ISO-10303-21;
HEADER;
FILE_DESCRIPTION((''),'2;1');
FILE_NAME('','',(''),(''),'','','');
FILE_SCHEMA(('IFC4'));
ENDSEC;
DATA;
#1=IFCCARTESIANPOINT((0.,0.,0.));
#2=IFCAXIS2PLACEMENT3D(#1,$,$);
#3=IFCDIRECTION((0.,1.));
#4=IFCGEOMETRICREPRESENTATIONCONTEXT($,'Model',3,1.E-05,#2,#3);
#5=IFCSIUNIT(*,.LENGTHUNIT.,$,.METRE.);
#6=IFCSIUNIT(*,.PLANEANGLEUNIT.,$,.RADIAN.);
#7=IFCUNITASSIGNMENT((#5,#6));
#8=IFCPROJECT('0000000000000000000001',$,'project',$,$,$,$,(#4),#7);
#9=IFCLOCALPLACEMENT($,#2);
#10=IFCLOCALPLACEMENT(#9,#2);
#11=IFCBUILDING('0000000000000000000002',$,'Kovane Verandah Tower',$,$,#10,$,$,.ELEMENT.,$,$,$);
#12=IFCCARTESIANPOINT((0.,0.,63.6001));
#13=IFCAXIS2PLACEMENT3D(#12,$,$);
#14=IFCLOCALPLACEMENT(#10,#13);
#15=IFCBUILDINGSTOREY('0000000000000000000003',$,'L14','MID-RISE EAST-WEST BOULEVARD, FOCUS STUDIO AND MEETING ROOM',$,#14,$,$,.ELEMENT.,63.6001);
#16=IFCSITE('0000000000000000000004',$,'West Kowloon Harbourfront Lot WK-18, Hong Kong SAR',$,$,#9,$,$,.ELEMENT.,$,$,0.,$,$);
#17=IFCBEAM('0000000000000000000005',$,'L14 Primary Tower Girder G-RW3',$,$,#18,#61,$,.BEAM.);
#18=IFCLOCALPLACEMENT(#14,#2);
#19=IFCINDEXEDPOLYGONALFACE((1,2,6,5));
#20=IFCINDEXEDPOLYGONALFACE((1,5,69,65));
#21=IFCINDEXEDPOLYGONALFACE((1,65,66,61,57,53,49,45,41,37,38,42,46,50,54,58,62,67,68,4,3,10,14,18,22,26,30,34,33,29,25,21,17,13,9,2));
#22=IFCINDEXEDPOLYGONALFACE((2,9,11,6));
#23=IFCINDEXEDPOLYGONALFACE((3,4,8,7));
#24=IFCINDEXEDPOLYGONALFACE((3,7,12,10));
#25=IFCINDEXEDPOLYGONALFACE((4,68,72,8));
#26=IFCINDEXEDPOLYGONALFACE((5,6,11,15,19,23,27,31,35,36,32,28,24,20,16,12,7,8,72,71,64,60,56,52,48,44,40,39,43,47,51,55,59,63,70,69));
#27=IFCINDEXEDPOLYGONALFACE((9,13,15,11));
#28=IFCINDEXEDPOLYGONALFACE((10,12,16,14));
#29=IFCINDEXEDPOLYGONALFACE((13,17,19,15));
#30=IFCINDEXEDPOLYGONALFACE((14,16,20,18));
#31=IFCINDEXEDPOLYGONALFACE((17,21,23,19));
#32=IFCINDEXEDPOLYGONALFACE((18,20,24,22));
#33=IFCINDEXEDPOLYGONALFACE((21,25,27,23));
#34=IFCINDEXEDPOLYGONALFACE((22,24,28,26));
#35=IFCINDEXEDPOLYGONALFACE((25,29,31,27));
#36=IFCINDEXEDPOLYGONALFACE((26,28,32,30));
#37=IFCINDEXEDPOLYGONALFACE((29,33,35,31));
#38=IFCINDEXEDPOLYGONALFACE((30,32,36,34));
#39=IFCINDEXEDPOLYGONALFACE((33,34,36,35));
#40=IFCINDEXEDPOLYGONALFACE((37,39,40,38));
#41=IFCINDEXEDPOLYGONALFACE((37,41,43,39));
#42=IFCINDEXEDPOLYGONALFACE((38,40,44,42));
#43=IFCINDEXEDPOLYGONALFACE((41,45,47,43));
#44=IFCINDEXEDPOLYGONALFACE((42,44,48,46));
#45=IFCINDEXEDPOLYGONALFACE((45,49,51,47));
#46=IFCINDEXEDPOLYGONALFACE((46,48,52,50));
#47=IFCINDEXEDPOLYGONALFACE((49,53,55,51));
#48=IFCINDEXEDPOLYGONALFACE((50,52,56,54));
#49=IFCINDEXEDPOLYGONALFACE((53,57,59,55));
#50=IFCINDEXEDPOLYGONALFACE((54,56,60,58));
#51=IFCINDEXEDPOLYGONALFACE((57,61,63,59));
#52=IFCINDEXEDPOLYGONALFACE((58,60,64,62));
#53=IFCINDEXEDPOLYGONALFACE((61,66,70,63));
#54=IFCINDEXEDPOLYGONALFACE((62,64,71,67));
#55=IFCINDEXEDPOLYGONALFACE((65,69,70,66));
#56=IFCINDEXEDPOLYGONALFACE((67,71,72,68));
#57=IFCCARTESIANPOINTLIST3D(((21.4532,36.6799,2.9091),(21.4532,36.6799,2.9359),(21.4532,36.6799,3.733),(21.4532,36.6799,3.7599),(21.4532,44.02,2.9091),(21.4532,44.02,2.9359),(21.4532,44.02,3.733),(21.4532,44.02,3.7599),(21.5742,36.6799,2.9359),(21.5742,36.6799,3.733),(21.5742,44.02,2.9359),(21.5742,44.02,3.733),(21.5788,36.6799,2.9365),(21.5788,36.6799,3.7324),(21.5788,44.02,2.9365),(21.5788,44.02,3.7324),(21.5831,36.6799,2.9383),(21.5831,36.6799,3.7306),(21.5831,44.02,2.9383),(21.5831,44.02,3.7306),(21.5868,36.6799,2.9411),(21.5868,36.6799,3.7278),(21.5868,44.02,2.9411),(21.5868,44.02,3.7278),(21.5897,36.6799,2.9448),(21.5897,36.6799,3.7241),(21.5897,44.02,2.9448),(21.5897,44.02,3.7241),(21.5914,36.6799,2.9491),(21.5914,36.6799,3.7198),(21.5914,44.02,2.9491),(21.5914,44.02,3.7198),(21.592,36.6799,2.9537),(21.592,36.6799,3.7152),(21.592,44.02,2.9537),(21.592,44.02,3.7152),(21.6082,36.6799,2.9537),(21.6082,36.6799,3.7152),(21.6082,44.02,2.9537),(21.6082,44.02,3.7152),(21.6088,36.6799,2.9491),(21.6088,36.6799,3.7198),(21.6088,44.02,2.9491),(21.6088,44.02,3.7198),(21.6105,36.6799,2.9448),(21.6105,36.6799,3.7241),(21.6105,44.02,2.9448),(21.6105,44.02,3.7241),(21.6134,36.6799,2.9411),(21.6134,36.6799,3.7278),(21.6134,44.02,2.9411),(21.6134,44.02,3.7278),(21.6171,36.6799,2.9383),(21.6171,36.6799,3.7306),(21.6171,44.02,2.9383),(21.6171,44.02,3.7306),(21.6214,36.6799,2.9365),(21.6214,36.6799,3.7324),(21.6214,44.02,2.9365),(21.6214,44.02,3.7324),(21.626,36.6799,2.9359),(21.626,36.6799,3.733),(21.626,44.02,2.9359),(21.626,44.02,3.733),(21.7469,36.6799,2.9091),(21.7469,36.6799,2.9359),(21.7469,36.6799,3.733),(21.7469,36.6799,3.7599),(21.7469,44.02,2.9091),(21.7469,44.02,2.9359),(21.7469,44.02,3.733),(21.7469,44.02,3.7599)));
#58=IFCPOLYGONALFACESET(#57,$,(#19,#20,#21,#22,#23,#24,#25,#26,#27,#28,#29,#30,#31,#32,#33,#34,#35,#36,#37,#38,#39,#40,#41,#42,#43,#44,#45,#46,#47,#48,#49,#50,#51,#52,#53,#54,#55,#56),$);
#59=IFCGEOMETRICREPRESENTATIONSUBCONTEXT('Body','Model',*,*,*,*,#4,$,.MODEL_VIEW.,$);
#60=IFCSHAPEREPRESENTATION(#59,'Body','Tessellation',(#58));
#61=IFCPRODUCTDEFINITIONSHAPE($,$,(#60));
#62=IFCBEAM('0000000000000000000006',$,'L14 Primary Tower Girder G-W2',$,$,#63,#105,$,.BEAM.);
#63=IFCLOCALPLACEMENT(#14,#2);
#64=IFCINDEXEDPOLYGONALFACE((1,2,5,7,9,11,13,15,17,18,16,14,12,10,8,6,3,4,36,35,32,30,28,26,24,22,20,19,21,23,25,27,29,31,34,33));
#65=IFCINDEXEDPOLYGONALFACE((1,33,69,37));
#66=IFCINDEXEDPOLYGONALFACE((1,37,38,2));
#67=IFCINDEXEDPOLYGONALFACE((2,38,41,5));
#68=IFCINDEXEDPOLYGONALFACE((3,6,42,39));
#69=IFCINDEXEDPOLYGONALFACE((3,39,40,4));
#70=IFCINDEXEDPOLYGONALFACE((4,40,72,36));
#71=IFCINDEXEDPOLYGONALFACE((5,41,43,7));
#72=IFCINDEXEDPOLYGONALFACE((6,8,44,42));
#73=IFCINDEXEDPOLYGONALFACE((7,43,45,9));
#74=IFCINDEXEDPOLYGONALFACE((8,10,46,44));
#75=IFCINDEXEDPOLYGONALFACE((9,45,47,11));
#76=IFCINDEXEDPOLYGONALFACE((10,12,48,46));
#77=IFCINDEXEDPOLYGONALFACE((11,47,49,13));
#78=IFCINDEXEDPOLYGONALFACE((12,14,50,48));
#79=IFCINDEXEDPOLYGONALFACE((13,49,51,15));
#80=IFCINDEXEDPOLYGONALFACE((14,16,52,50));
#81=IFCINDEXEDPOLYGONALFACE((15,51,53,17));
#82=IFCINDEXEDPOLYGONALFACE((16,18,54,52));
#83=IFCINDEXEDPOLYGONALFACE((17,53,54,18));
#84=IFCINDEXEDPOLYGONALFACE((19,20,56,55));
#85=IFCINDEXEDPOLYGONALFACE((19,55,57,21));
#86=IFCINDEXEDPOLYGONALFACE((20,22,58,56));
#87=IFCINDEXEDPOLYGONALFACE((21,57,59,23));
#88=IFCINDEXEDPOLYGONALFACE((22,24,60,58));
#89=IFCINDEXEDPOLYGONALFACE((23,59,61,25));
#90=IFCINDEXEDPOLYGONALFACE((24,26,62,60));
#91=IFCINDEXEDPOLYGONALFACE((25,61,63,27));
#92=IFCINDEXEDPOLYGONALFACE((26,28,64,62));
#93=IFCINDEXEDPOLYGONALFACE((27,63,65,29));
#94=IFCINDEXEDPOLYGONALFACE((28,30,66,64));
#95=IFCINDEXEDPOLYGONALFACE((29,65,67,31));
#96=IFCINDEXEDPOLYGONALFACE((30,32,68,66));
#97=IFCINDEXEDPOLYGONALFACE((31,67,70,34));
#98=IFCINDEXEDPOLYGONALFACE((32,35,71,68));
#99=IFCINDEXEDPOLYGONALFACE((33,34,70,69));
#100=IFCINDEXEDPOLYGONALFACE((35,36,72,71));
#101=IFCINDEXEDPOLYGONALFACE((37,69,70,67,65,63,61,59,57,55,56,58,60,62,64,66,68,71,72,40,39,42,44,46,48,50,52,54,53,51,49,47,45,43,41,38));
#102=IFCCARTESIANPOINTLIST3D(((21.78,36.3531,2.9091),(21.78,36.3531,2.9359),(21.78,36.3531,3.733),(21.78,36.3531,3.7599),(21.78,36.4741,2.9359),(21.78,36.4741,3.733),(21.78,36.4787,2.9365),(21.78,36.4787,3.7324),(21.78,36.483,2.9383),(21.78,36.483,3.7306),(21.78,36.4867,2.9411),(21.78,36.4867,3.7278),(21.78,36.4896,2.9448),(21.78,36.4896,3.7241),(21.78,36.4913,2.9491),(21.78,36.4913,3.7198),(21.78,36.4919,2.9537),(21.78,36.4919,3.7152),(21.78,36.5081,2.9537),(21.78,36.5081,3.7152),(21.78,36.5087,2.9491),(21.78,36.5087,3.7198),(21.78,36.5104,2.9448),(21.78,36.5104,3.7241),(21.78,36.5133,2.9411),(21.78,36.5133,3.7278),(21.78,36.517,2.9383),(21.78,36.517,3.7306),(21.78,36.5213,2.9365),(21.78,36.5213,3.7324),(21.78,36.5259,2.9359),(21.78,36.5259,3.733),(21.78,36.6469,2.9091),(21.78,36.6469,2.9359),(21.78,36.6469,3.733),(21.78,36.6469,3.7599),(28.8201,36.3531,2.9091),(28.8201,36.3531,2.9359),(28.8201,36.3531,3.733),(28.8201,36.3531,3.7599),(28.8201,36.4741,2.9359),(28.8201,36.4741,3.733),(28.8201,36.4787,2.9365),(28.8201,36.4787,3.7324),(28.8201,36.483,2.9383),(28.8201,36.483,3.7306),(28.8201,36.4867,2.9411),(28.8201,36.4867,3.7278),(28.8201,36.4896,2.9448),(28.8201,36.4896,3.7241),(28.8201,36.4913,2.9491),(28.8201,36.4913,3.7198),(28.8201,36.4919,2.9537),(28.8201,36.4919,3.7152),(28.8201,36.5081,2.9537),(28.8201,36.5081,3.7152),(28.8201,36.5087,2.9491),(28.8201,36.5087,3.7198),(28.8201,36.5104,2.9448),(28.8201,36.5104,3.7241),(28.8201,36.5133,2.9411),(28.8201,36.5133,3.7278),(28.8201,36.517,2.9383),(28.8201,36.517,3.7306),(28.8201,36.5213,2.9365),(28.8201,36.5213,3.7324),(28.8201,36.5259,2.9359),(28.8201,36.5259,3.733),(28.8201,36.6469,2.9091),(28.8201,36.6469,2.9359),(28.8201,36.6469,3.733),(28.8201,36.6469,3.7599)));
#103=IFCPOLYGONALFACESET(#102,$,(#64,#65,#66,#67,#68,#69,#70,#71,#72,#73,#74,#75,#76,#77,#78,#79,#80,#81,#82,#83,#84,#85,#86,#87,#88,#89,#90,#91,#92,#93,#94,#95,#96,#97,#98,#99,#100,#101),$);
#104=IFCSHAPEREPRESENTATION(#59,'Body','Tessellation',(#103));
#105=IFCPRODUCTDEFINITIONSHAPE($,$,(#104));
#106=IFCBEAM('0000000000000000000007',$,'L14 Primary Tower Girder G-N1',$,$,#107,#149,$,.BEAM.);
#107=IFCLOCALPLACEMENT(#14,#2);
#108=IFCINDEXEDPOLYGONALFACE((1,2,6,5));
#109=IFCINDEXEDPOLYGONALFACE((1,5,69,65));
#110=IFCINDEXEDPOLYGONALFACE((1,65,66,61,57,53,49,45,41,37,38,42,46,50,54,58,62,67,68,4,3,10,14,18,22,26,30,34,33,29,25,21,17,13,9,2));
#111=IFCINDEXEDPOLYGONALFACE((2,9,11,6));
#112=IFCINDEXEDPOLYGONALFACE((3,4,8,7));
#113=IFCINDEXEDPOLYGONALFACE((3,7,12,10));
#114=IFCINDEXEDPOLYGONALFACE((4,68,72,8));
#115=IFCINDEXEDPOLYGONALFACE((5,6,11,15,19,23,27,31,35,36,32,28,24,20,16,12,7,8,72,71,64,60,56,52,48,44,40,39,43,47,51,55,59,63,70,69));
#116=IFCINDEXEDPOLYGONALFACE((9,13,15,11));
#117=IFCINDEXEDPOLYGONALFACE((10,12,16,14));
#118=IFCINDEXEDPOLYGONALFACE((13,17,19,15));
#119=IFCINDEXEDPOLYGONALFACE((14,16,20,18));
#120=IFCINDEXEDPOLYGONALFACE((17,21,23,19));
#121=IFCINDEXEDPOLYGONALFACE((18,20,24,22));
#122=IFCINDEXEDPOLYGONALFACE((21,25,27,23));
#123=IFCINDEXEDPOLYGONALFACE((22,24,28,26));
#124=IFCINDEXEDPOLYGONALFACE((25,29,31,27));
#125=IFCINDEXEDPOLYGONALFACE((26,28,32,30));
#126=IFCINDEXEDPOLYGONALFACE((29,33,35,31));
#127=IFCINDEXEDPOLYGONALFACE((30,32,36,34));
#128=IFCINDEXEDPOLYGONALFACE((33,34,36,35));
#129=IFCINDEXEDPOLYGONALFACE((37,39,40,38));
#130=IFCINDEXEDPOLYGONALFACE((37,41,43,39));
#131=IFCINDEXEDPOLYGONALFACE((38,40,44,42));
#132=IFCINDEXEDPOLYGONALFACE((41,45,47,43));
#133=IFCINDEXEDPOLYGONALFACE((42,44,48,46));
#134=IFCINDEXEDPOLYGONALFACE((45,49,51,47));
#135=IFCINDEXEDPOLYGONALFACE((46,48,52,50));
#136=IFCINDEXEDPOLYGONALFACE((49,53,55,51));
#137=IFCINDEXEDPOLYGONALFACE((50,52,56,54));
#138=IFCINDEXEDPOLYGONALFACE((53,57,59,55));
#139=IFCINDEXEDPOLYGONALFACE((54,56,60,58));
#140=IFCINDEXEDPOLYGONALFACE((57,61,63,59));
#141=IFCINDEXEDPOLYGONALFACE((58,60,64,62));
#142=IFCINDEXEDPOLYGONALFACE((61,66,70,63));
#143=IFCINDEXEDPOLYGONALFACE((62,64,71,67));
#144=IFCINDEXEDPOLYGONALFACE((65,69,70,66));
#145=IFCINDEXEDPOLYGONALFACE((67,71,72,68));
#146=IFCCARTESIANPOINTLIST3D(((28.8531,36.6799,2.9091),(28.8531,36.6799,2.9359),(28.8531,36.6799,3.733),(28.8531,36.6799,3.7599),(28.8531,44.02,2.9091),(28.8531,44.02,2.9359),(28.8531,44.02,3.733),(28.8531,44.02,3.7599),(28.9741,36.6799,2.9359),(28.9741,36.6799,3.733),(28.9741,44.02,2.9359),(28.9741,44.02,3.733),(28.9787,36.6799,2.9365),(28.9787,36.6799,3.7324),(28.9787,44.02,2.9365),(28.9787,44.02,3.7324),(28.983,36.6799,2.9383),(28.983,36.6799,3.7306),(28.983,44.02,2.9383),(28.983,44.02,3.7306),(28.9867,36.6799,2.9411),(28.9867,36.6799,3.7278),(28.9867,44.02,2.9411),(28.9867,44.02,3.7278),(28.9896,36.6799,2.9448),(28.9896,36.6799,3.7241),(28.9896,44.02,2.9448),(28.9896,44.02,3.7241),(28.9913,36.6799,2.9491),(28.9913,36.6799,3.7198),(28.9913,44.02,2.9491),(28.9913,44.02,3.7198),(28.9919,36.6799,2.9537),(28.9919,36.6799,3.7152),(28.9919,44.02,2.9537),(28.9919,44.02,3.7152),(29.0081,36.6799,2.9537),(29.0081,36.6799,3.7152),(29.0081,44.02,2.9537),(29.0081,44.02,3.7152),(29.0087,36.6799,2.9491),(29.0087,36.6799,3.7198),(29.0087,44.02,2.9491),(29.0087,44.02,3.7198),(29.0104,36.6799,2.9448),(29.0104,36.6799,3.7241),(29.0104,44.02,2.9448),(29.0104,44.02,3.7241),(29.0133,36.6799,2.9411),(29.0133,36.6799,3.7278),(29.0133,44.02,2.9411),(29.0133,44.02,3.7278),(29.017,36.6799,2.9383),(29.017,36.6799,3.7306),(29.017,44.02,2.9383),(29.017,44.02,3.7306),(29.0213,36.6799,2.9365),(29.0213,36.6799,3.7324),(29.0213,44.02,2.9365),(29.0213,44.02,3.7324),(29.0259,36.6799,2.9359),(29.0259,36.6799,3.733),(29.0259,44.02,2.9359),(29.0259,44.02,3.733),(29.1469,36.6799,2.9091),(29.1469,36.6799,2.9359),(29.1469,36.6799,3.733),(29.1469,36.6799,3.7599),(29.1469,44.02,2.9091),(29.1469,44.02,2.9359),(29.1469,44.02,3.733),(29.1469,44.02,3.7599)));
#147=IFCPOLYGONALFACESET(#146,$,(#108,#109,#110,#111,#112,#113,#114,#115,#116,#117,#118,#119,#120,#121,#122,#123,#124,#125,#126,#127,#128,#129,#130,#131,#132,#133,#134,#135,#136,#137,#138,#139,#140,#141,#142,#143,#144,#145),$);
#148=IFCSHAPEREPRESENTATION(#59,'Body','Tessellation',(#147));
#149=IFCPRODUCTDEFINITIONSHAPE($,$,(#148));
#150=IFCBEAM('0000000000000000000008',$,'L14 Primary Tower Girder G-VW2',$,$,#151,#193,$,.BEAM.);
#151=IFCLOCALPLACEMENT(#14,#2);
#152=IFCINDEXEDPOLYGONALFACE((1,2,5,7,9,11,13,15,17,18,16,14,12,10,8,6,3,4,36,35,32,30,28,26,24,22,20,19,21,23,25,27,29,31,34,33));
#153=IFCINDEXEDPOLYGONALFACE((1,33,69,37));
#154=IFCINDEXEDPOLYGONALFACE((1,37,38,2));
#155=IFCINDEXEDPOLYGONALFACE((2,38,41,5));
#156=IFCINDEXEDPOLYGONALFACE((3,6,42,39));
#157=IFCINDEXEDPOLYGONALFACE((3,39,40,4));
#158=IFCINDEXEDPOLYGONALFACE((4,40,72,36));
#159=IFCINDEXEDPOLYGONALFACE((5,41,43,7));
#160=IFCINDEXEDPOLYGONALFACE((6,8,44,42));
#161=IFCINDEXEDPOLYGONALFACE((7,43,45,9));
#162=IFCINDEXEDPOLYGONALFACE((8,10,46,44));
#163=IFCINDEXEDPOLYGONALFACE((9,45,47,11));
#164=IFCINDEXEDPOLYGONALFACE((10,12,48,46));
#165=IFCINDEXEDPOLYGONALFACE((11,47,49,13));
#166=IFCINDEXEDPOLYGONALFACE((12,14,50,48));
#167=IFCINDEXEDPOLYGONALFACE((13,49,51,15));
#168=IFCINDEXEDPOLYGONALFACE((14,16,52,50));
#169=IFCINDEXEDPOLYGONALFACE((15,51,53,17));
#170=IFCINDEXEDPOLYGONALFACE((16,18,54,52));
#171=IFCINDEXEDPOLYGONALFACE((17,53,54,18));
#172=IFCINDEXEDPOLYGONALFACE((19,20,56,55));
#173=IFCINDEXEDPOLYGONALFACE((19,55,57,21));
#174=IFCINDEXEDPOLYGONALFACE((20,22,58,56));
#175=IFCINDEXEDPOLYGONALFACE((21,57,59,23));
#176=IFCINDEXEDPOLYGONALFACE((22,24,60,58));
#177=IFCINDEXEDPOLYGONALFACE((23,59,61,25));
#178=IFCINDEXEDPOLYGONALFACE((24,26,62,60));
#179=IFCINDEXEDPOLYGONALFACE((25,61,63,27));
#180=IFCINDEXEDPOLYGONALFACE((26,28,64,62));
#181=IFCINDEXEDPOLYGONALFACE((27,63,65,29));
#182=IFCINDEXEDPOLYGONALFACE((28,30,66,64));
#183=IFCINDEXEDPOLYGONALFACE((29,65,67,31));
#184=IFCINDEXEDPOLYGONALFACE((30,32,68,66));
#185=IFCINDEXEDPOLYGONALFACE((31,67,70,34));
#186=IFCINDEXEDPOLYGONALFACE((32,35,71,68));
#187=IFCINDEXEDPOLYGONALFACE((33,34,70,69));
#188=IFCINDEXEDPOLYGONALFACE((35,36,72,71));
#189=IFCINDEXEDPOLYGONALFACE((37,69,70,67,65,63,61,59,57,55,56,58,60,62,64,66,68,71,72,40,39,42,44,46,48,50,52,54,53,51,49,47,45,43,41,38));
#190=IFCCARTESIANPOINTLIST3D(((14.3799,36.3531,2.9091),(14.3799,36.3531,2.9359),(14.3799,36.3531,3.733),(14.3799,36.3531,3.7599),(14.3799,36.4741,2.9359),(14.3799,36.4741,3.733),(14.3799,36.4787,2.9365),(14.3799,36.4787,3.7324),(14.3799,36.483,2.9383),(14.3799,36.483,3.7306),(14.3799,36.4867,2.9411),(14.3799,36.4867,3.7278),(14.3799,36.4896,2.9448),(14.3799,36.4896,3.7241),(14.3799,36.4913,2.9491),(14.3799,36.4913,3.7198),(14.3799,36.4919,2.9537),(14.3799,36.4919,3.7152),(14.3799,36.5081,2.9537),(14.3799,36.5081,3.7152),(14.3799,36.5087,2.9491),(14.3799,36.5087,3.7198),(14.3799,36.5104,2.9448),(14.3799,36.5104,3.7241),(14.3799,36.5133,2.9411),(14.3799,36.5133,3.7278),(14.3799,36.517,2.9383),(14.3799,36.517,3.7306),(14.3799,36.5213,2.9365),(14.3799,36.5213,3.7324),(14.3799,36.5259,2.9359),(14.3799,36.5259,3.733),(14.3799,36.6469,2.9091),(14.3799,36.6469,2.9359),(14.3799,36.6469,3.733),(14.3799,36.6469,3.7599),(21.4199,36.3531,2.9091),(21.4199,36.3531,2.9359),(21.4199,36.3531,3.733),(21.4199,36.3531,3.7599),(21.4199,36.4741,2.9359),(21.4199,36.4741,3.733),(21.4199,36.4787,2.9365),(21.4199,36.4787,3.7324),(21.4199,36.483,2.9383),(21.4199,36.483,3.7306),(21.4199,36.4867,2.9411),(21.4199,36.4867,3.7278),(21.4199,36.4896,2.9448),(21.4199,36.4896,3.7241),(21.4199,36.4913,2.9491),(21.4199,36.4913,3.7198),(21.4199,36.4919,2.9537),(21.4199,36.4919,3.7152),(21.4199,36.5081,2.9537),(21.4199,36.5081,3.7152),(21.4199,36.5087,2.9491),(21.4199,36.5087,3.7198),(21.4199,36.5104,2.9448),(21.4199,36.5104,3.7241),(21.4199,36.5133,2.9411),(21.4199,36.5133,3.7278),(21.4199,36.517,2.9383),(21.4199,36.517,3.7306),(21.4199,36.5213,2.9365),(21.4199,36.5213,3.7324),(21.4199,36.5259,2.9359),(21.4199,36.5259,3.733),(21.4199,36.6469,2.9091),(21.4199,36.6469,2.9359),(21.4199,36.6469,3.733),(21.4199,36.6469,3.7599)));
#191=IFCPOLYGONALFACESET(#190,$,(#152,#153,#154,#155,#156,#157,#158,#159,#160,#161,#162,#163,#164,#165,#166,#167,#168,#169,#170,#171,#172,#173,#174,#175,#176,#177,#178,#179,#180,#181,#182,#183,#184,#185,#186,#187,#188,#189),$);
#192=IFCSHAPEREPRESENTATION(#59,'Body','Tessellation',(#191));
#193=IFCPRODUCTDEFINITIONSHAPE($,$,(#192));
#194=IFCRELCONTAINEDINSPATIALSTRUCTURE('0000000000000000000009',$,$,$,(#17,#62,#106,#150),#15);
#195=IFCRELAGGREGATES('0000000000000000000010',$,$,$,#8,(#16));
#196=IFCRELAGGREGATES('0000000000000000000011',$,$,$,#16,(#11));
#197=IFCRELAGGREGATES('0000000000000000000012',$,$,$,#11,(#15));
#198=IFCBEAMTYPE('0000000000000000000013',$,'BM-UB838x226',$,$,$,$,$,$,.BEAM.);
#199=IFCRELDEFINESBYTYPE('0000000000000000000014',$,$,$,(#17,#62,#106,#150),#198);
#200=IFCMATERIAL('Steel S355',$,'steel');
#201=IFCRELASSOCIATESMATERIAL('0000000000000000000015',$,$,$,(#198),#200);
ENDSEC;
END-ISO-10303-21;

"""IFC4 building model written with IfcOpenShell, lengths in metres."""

from ifc_helpers import new_model, si_unit, direction, frame, origin, origin_2d, place, context, subcontext, project, spatial, i_section, extrude, material, material_profile, profile_set, type_object, element, save


model = new_model("IFC4")

# Units and contexts
model_context = context("Model", 3, precision=1e-05, world=origin(), true_north=direction((0.0, 1.0)))
body_context = subcontext(model_context, "Body", "Model", "MODEL_VIEW")
ifc_project = project(units=[si_unit("LENGTHUNIT", "METRE"), si_unit("PLANEANGLEUNIT", "RADIAN")], contexts=[model_context])

# Site, building, storey
site_placement = place(None, origin())
site = spatial("IfcSite", under=ifc_project, at=site_placement, Name="West Kowloon Harbourfront Lot WK-18, Hong Kong SAR", CompositionType="ELEMENT", RefElevation=0.0)
building_placement = place(site_placement, origin())
building = spatial("IfcBuilding", under=site, at=building_placement, Name="Kovane Verandah Tower", CompositionType="ELEMENT")
storey_placement = place(building_placement, frame((0.0, 0.0, 63.6001)))
storey = spatial("IfcBuildingStorey", under=building, at=storey_placement, Name="L14", Description="MID-RISE EAST-WEST BOULEVARD, FOCUS STUDIO AND MEETING ROOM", CompositionType="ELEMENT", Elevation=63.6001)

# Beams
ifc_material_1 = material(Name="Steel S355", Category="steel")
ifc_material_profile_1 = material_profile(ifc_material_1, i_section(OverallWidth=0.2937, OverallDepth=0.8508, WebThickness=0.0161, FlangeThickness=0.0269, FilletRadius=0.0178, at=origin_2d()), Name="UB838x292x226")
ifc_profile_set_1 = profile_set([ifc_material_profile_1], Name="Steel S355")
beam_type_1 = type_object("IfcBeamType", Name="BM-UB838x226", PredefinedType="BEAM", material=ifc_profile_set_1)
beam_1_placement = place(storey_placement, frame((21.6001, 36.6799, 3.3345), z_axis=(0.0, 1.0, 0.0), x_axis=(-1.0, 0.0, 0.0)))
element("IfcBeam", 1, at=beam_1_placement, inside=storey, type_object=beam_type_1, Name="L14 Primary Tower Girder G-RW3", PredefinedType="BEAM", context=body_context, shape_type="SweptSolid", body=[
    extrude(i_section(OverallWidth=0.2937, OverallDepth=0.8508, WebThickness=0.0161, FlangeThickness=0.0269, FilletRadius=0.0178, at=origin_2d()), origin(), (0.0, 0.0, 1.0), 7.3401),
])
beam_2_placement = place(storey_placement, frame((28.8201, 36.5, 3.3345), z_axis=(-1.0, 0.0, 0.0), x_axis=(0.0, -1.0, 0.0)))
element("IfcBeam", 2, at=beam_2_placement, inside=storey, type_object=beam_type_1, Name="L14 Primary Tower Girder G-W2", PredefinedType="BEAM", context=body_context, shape_type="SweptSolid", body=[
    extrude(i_section(OverallWidth=0.2937, OverallDepth=0.8508, WebThickness=0.0161, FlangeThickness=0.0269, FilletRadius=0.0178, at=origin_2d()), origin(), (0.0, 0.0, 1.0), 7.04),
])
beam_3_placement = place(storey_placement, frame((29.0, 36.6799, 3.3345), z_axis=(0.0, 1.0, 0.0), x_axis=(-1.0, 0.0, 0.0)))
element("IfcBeam", 3, at=beam_3_placement, inside=storey, type_object=beam_type_1, Name="L14 Primary Tower Girder G-N1", PredefinedType="BEAM", context=body_context, shape_type="SweptSolid", body=[
    extrude(i_section(OverallWidth=0.2937, OverallDepth=0.8508, WebThickness=0.0161, FlangeThickness=0.0269, FilletRadius=0.0178, at=origin_2d()), origin(), (0.0, 0.0, 1.0), 7.3401),
])
beam_4_placement = place(storey_placement, frame((21.4199, 36.5, 3.3345), z_axis=(-1.0, 0.0, 0.0), x_axis=(0.0, -1.0, 0.0)))
element("IfcBeam", 4, at=beam_4_placement, inside=storey, type_object=beam_type_1, Name="L14 Primary Tower Girder G-VW2", PredefinedType="BEAM", context=body_context, shape_type="SweptSolid", body=[
    extrude(i_section(OverallWidth=0.2937, OverallDepth=0.8508, WebThickness=0.0161, FlangeThickness=0.0269, FilletRadius=0.0178, at=origin_2d()), origin(), (0.0, 0.0, 1.0), 7.04),
])

save(model, "model.ifc")
